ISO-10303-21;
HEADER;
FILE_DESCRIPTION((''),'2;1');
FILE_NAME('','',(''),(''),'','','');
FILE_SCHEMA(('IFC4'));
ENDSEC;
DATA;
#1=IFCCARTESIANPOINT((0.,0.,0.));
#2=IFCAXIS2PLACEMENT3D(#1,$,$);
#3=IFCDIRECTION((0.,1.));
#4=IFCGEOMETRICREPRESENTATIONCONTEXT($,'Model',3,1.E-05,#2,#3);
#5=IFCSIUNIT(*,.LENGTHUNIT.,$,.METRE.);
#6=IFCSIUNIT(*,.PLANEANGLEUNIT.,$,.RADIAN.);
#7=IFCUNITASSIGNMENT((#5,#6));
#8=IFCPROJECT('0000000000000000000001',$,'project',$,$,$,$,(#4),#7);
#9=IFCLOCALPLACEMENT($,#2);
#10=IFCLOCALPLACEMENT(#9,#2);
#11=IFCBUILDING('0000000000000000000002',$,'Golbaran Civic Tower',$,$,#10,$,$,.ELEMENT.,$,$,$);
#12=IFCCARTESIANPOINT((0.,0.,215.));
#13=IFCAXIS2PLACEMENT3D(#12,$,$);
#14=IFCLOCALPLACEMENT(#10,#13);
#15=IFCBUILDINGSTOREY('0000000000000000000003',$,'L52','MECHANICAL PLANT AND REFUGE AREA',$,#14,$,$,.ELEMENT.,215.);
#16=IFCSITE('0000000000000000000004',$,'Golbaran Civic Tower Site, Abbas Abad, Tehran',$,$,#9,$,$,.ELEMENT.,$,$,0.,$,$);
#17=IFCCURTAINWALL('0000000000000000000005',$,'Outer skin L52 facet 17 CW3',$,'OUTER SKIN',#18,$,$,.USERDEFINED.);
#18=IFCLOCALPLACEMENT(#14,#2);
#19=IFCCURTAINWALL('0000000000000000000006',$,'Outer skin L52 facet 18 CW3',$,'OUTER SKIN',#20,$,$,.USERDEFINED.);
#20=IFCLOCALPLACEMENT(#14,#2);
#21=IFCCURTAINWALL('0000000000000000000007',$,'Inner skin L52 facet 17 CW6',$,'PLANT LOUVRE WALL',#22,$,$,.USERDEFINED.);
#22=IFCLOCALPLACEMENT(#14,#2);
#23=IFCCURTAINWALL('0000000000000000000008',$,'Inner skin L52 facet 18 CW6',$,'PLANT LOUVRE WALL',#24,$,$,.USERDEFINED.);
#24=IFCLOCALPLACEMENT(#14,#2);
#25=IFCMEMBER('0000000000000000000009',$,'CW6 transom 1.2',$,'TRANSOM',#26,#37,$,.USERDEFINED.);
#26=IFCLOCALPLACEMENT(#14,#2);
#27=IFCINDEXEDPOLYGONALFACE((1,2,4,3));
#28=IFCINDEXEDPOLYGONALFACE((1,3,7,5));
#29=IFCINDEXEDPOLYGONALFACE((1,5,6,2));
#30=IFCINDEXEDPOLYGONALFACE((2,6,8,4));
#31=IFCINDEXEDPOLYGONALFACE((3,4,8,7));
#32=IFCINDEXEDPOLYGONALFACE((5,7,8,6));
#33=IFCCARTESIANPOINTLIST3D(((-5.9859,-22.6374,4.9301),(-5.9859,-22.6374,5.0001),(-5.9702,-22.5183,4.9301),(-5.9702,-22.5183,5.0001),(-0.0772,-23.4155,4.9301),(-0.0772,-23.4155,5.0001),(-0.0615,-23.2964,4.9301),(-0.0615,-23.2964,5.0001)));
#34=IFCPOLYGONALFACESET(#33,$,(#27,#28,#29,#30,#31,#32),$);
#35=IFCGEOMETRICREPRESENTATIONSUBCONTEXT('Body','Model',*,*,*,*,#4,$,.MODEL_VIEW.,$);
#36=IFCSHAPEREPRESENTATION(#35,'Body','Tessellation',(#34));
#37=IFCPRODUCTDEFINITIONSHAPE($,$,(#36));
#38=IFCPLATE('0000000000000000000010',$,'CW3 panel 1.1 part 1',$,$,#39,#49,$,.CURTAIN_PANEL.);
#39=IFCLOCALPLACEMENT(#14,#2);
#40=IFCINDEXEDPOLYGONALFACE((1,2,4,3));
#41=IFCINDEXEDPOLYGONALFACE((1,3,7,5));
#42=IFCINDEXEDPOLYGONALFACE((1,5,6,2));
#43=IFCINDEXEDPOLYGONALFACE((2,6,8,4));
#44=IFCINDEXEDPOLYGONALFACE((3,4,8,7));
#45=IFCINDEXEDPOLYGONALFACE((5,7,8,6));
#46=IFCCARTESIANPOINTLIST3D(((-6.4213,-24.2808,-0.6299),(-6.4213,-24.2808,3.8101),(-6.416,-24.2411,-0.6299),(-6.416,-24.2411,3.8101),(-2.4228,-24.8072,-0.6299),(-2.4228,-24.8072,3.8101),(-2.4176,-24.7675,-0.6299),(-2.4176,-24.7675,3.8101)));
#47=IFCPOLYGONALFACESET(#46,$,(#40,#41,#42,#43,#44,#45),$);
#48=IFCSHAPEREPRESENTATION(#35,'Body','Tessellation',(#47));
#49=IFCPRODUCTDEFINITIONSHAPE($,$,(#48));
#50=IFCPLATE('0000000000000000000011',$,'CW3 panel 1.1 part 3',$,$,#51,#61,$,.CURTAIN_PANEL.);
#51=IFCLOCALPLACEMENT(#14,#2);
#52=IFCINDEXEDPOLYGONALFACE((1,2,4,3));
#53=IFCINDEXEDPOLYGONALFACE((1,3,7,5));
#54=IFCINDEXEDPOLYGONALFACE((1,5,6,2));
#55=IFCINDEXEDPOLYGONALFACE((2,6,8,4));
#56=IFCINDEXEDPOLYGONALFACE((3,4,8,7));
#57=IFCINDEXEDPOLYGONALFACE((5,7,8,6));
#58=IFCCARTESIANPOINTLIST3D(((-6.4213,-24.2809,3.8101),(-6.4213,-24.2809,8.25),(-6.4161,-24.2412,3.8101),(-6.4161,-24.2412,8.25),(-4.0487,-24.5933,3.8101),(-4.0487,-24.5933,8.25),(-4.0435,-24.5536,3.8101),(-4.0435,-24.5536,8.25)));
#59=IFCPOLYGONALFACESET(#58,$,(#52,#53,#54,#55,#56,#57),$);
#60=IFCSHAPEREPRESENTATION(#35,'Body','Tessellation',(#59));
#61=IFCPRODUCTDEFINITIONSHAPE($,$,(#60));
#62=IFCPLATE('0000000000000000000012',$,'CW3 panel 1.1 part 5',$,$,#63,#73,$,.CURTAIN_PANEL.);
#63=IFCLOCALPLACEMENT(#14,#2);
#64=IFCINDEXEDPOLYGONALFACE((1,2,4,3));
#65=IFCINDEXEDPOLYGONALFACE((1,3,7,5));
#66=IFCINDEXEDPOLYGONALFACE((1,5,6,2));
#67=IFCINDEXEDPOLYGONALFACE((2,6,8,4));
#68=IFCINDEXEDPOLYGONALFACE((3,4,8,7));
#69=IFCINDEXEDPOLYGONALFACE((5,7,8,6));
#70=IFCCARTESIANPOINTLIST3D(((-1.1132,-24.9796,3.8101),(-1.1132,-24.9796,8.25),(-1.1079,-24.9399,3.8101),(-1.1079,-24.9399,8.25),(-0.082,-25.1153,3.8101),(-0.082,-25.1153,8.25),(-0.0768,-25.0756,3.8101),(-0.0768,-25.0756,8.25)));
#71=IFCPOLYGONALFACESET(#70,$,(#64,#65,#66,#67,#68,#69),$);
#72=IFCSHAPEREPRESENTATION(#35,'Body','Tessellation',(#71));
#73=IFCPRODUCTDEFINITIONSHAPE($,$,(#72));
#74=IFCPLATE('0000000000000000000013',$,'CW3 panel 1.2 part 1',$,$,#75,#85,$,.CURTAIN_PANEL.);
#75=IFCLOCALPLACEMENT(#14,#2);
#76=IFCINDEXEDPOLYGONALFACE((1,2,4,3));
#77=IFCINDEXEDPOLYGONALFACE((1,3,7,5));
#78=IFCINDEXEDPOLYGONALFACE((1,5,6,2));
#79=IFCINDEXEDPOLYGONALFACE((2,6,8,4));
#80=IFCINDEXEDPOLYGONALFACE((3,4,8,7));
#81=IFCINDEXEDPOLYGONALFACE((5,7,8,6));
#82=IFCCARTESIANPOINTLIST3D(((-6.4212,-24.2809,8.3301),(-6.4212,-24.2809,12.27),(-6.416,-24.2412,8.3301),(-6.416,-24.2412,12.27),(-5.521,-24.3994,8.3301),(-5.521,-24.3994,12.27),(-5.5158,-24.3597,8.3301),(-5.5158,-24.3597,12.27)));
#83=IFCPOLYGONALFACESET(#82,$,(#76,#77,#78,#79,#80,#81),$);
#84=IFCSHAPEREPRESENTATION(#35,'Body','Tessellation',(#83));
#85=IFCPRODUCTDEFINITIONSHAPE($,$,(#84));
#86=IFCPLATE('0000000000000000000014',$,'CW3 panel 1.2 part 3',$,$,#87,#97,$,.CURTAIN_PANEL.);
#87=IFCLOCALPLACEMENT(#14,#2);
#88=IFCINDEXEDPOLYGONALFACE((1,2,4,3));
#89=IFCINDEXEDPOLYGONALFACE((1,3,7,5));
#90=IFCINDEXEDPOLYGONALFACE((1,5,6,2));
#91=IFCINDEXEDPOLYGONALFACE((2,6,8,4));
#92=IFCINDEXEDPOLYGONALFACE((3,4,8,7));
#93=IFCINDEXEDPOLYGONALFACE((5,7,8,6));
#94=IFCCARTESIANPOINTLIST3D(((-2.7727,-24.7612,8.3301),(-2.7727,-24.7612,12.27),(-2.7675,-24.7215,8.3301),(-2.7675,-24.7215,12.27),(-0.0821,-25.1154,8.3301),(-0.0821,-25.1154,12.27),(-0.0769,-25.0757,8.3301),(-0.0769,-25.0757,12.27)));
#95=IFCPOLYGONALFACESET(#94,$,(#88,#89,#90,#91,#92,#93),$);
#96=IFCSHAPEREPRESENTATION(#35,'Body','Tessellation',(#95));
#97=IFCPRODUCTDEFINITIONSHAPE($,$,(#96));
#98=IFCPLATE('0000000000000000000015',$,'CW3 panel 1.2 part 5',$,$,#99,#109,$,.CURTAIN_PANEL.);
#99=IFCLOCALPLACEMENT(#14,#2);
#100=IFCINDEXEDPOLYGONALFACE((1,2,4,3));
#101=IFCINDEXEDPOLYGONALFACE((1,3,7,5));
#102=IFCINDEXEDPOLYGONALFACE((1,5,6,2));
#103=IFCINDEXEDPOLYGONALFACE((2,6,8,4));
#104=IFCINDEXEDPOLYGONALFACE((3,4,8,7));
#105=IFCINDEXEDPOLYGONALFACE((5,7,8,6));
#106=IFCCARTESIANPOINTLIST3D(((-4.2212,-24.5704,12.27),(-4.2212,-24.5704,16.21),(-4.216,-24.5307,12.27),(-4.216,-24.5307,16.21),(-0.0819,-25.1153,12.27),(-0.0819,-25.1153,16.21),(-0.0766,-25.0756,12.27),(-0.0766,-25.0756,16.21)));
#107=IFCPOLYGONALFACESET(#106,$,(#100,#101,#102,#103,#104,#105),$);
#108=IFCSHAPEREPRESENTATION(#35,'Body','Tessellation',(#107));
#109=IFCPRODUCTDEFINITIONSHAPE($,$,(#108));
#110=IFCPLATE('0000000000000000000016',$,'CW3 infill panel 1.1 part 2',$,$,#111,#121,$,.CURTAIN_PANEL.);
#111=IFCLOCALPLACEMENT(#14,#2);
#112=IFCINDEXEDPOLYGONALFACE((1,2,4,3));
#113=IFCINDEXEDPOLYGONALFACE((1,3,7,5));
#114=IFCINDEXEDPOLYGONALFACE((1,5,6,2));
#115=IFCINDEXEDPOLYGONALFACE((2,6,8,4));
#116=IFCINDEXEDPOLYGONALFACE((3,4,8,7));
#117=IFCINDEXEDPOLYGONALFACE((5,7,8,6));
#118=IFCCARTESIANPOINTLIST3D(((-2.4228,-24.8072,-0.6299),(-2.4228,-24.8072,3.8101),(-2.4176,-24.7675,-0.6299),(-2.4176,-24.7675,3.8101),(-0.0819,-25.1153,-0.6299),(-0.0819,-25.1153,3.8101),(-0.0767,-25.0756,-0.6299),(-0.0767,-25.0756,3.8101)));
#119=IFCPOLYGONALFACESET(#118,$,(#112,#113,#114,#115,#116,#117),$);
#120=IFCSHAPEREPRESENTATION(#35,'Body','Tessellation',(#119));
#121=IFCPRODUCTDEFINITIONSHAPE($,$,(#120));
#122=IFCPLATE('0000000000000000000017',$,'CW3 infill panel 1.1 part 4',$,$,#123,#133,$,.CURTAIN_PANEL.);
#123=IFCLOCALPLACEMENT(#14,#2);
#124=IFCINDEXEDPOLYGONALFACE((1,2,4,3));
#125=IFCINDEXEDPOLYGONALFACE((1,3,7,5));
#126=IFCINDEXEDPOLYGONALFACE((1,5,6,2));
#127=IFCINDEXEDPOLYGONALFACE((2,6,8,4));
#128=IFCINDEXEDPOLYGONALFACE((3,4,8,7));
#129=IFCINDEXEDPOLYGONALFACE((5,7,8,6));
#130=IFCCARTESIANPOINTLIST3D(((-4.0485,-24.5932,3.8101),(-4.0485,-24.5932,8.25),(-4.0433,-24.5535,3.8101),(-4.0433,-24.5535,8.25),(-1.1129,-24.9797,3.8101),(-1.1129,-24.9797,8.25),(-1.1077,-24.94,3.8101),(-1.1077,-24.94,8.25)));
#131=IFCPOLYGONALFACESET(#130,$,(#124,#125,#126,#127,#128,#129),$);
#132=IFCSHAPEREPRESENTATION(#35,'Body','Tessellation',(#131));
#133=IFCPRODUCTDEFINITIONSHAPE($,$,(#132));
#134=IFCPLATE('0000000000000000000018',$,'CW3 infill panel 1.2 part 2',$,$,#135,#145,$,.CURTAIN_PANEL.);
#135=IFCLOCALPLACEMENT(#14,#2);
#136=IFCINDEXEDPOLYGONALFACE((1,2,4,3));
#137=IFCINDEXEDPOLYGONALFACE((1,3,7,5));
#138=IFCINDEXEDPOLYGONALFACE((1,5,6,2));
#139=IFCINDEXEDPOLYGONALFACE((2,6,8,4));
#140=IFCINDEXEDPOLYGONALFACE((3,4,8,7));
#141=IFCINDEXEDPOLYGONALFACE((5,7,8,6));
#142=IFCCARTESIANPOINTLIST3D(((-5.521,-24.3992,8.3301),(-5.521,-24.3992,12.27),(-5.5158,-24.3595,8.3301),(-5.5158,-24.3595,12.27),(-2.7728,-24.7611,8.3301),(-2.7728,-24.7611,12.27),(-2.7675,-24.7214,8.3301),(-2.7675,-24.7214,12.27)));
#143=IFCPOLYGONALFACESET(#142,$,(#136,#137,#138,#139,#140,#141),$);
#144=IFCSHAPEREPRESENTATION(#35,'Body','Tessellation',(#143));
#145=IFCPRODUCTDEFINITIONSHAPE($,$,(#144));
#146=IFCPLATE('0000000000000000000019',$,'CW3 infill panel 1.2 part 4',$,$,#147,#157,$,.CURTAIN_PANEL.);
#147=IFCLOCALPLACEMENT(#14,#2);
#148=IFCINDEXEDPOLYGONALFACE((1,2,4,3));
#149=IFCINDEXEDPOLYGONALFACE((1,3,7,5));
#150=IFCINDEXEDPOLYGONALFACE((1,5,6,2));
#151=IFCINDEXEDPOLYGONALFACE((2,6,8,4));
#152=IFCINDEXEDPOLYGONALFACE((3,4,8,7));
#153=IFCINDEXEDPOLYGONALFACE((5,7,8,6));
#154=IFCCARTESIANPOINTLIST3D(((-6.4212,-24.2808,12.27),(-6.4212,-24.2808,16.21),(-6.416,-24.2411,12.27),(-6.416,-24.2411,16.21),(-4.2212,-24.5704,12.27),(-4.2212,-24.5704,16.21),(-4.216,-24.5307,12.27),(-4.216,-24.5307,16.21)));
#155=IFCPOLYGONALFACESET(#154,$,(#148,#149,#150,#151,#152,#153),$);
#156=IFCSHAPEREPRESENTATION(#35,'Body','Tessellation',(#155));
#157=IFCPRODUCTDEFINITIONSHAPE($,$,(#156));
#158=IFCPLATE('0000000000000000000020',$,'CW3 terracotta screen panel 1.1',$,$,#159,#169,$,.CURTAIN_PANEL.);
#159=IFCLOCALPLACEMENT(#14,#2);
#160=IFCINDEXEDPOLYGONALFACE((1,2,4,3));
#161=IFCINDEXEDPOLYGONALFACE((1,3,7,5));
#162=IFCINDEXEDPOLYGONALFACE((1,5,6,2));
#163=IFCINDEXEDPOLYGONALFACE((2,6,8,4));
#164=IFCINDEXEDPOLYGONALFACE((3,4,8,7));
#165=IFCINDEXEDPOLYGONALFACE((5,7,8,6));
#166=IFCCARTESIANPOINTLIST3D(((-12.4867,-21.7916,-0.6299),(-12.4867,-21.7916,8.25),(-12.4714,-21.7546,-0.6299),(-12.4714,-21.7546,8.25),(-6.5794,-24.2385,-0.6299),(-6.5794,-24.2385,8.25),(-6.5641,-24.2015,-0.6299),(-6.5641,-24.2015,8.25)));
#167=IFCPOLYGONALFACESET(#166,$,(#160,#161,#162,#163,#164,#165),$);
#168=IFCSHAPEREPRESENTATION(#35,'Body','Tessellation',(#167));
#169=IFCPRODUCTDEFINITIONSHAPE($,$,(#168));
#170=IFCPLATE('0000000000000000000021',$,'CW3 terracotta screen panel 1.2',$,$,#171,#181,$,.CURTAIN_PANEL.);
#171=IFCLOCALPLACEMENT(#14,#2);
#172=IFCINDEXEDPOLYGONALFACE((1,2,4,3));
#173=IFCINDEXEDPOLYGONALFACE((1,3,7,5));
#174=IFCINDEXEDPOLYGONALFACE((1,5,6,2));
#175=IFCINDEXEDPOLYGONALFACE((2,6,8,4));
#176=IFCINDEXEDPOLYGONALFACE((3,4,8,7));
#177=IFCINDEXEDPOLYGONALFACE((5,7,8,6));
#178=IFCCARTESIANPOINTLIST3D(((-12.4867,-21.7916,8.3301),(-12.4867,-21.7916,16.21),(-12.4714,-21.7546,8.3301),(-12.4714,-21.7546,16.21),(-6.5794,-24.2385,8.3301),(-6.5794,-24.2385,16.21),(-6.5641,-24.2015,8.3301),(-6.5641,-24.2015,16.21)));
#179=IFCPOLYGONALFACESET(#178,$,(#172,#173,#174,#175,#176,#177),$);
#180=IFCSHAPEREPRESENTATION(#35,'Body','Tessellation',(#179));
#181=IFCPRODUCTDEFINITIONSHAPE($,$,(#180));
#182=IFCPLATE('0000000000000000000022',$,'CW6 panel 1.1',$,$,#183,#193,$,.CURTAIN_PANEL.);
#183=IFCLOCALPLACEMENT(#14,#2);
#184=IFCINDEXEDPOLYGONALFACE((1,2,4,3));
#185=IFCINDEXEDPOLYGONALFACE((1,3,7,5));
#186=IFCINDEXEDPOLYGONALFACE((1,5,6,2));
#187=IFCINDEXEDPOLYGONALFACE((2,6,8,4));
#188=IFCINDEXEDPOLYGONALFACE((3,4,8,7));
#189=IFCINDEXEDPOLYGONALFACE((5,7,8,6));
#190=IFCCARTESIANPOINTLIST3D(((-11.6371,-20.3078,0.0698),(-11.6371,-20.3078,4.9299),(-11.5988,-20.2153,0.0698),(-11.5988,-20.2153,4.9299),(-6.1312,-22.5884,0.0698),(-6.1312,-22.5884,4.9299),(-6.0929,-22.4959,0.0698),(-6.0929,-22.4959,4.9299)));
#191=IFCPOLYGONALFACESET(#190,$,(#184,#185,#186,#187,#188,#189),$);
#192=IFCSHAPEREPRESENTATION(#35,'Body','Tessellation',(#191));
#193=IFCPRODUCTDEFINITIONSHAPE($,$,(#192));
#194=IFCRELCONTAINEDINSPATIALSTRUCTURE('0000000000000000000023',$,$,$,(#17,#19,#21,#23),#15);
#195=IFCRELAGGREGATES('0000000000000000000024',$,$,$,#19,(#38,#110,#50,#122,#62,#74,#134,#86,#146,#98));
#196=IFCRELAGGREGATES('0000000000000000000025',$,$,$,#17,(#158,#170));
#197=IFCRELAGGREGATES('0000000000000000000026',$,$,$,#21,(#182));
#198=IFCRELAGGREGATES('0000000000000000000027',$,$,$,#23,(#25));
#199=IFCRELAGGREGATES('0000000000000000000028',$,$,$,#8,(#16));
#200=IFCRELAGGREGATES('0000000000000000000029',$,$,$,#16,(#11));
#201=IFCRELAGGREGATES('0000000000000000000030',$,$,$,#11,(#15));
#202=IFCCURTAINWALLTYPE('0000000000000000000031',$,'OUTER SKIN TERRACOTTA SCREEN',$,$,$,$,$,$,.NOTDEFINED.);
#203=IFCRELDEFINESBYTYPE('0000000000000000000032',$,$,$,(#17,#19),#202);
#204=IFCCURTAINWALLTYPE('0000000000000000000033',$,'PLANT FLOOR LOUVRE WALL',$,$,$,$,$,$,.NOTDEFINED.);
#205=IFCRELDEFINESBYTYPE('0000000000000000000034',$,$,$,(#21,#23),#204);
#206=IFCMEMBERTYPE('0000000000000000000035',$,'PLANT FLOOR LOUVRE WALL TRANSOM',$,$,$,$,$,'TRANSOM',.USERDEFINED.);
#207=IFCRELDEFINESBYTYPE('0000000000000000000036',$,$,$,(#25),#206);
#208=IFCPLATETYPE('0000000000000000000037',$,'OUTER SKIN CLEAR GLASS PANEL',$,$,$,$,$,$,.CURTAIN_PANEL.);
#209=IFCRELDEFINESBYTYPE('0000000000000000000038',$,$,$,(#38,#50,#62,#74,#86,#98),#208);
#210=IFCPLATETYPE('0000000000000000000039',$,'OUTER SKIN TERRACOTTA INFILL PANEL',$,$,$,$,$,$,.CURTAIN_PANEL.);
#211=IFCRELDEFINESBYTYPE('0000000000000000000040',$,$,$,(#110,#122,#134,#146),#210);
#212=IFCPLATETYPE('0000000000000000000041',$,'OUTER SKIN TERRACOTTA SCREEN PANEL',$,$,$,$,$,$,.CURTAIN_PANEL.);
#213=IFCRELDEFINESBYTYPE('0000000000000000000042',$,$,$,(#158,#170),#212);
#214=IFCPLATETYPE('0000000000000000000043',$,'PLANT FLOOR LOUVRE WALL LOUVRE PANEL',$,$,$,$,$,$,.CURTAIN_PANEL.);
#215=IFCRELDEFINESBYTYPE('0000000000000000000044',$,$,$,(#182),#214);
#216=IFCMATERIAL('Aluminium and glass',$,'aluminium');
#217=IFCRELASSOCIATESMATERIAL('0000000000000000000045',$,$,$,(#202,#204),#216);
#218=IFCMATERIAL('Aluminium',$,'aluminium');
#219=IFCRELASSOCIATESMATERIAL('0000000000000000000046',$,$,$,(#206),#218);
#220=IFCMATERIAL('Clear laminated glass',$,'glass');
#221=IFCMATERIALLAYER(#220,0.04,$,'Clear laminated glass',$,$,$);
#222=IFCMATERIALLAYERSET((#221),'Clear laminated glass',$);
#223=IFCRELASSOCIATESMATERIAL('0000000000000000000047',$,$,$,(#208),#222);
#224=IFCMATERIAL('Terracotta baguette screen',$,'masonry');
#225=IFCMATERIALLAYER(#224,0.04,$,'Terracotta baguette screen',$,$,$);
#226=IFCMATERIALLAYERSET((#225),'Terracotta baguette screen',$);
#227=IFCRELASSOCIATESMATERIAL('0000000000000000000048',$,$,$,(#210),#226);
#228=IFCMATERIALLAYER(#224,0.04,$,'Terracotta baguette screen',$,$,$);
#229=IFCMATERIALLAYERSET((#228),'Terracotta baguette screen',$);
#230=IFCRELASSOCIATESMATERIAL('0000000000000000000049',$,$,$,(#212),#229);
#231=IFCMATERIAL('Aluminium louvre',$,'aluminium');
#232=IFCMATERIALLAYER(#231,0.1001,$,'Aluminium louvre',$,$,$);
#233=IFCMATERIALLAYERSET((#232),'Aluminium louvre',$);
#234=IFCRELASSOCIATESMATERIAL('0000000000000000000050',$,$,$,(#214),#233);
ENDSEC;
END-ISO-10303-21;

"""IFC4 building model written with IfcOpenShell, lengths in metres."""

from ifc_helpers import new_model, si_unit, direction, frame, origin, origin_2d, place, context, subcontext, project, spatial, rectangle, extrude, material, layer, layer_set, material_profile, profile_set, type_object, element, aggregate, save


model = new_model("IFC4")

# Units and contexts
model_context = context("Model", 3, precision=1e-05, world=origin(), true_north=direction((0.0, 1.0)))
body_context = subcontext(model_context, "Body", "Model", "MODEL_VIEW")
ifc_project = project(units=[si_unit("LENGTHUNIT", "METRE"), si_unit("PLANEANGLEUNIT", "RADIAN")], contexts=[model_context])

# Site, building, storey
site_placement = place(None, origin())
site = spatial("IfcSite", under=ifc_project, at=site_placement, Name="Golbaran Civic Tower Site, Abbas Abad, Tehran", CompositionType="ELEMENT", RefElevation=0.0)
building_placement = place(site_placement, origin())
building = spatial("IfcBuilding", under=site, at=building_placement, Name="Golbaran Civic Tower", CompositionType="ELEMENT")
storey_placement = place(building_placement, frame((0.0, 0.0, 215.0)))
storey = spatial("IfcBuildingStorey", under=building, at=storey_placement, Name="L52", Description="MECHANICAL PLANT AND REFUGE AREA", CompositionType="ELEMENT", Elevation=215.0)

# Shared definitions
ifc_material_1 = material(Name="Aluminium and glass", Category="aluminium")
curtain_wall_type_1 = type_object("IfcCurtainWallType", Name="OUTER SKIN TERRACOTTA SCREEN", PredefinedType="NOTDEFINED", material=ifc_material_1)
ifc_material_2 = material(Name="Aluminium", Category="aluminium")

# Curtain walls
curtain_wall_1_placement = place(storey_placement, origin())
curtain_wall_1 = element("IfcCurtainWall", 1, at=curtain_wall_1_placement, inside=storey, type_object=curtain_wall_type_1, Name="Outer skin L52 facet 17 CW3", ObjectType="OUTER SKIN", PredefinedType="USERDEFINED")
curtain_wall_2_placement = place(storey_placement, origin())
curtain_wall_2 = element("IfcCurtainWall", 2, at=curtain_wall_2_placement, inside=storey, type_object=curtain_wall_type_1, Name="Outer skin L52 facet 18 CW3", ObjectType="OUTER SKIN", PredefinedType="USERDEFINED")

# Curtain wall
curtain_wall_type_2 = type_object("IfcCurtainWallType", Name="PLANT FLOOR LOUVRE WALL", PredefinedType="NOTDEFINED", material=ifc_material_1)
curtain_wall_3_placement = place(storey_placement, origin())
curtain_wall_3 = element("IfcCurtainWall", 3, at=curtain_wall_3_placement, inside=storey, type_object=curtain_wall_type_2, Name="Inner skin L52 facet 17 CW6", ObjectType="PLANT LOUVRE WALL", PredefinedType="USERDEFINED")

# Curtain wall, member
curtain_wall_4_placement = place(storey_placement, origin())
curtain_wall_4 = element("IfcCurtainWall", 4, at=curtain_wall_4_placement, inside=storey, type_object=curtain_wall_type_2, Name="Inner skin L52 facet 18 CW6", ObjectType="PLANT LOUVRE WALL", PredefinedType="USERDEFINED")
ifc_material_profile_1 = material_profile(ifc_material_2, rectangle(XDim=0.1201, YDim=0.0701, at=origin_2d()), Name="PLANT FLOOR LOUVRE WALL TRANSOM")
ifc_profile_set_1 = profile_set([ifc_material_profile_1], Name="Aluminium")
member_type_1 = type_object("IfcMemberType", Name="PLANT FLOOR LOUVRE WALL TRANSOM", ElementType="TRANSOM", PredefinedType="USERDEFINED", material=ifc_profile_set_1)
member_1_placement = place(storey_placement, frame((-5.978, -22.5779, 4.9651), z_axis=(0.991441, -0.130556, 0.0), x_axis=(0.130556, 0.991441, 0.0)))
member_1 = element("IfcMember", 5, at=member_1_placement, type_object=member_type_1, Name="CW6 transom 1.2", ObjectType="TRANSOM", PredefinedType="USERDEFINED", context=body_context, shape_type="SweptSolid", body=[
    extrude(rectangle(XDim=0.1201, YDim=0.0701, at=origin_2d()), origin(), (0.0, 0.0, 1.0), 5.9597),
])

# Plates
ifc_material_3 = material(Name="Clear laminated glass", Category="glass")
ifc_layer_1 = layer(ifc_material_3, 0.04, Name="Clear laminated glass")
ifc_layer_set_1 = layer_set([ifc_layer_1], Name="Clear laminated glass")
plate_type_1 = type_object("IfcPlateType", Name="OUTER SKIN CLEAR GLASS PANEL", PredefinedType="CURTAIN_PANEL", material=ifc_layer_set_1)
plate_1_placement = place(storey_placement, frame((-4.4194, -24.5242, -0.6299), z_axis=(0.0, 0.0, 1.0), x_axis=(0.991445, -0.130526, 0.0)))
plate_1 = element("IfcPlate", 6, at=plate_1_placement, type_object=plate_type_1, Name="CW3 panel 1.1 part 1", PredefinedType="CURTAIN_PANEL", context=body_context, shape_type="SweptSolid", body=[
    extrude(rectangle(XDim=4.033, YDim=0.04, at=origin_2d()), origin(), (0.0, 0.0, 1.0), 4.4399),
])
plate_2_placement = place(storey_placement, frame((-5.2324, -24.4172, 3.8101), z_axis=(0.0, 0.0, 1.0), x_axis=(0.991445, -0.130526, 0.0)))
plate_2 = element("IfcPlate", 7, at=plate_2_placement, type_object=plate_type_1, Name="CW3 panel 1.1 part 3", PredefinedType="CURTAIN_PANEL", context=body_context, shape_type="SweptSolid", body=[
    extrude(rectangle(XDim=2.3931, YDim=0.04, at=origin_2d()), origin(), (0.0, 0.0, 1.0), 4.4399),
])
plate_3_placement = place(storey_placement, frame((-0.595, -25.0276, 3.8101), z_axis=(0.0, 0.0, 1.0), x_axis=(0.991445, -0.130526, 0.0)))
plate_3 = element("IfcPlate", 8, at=plate_3_placement, type_object=plate_type_1, Name="CW3 panel 1.1 part 5", PredefinedType="CURTAIN_PANEL", context=body_context, shape_type="SweptSolid", body=[
    extrude(rectangle(XDim=1.04, YDim=0.04, at=origin_2d()), origin(), (0.0, 0.0, 1.0), 4.4399),
])
plate_4_placement = place(storey_placement, frame((-5.9685, -24.3203, 8.3301), z_axis=(0.0, 0.0, 1.0), x_axis=(0.991445, -0.130526, 0.0)))
plate_4 = element("IfcPlate", 9, at=plate_4_placement, type_object=plate_type_1, Name="CW3 panel 1.2 part 1", PredefinedType="CURTAIN_PANEL", context=body_context, shape_type="SweptSolid", body=[
    extrude(rectangle(XDim=0.908, YDim=0.04, at=origin_2d()), origin(), (0.0, 0.0, 1.0), 3.9399),
])
plate_5_placement = place(storey_placement, frame((-1.4248, -24.9185, 8.3301), z_axis=(0.0, 0.0, 1.0), x_axis=(0.991445, -0.130526, 0.0)))
plate_5 = element("IfcPlate", 10, at=plate_5_placement, type_object=plate_type_1, Name="CW3 panel 1.2 part 3", PredefinedType="CURTAIN_PANEL", context=body_context, shape_type="SweptSolid", body=[
    extrude(rectangle(XDim=2.7139, YDim=0.04, at=origin_2d()), origin(), (0.0, 0.0, 1.0), 3.9399),
])
plate_6_placement = place(storey_placement, frame((-2.1489, -24.823, 12.27), z_axis=(0.0, 0.0, 1.0), x_axis=(0.991445, -0.130526, 0.0)))
plate_6 = element("IfcPlate", 11, at=plate_6_placement, type_object=plate_type_1, Name="CW3 panel 1.2 part 5", PredefinedType="CURTAIN_PANEL", context=body_context, shape_type="SweptSolid", body=[
    extrude(rectangle(XDim=4.175, YDim=0.04, at=origin_2d()), origin(), (0.0, 0.0, 1.0), 3.9399),
])
ifc_material_4 = material(Name="Terracotta baguette screen", Category="masonry")
ifc_layer_2 = layer(ifc_material_4, 0.04, Name="Terracotta baguette screen")
ifc_layer_set_2 = layer_set([ifc_layer_2], Name="Terracotta baguette screen")
plate_type_2 = type_object("IfcPlateType", Name="OUTER SKIN TERRACOTTA INFILL PANEL", PredefinedType="CURTAIN_PANEL", material=ifc_layer_set_2)
plate_7_placement = place(storey_placement, frame((-1.2498, -24.9414, -0.6299), z_axis=(0.0, 0.0, 1.0), x_axis=(0.991445, -0.130526, 0.0)))
plate_7 = element("IfcPlate", 12, at=plate_7_placement, type_object=plate_type_2, Name="CW3 infill panel 1.1 part 2", PredefinedType="CURTAIN_PANEL", context=body_context, shape_type="SweptSolid", body=[
    extrude(rectangle(XDim=2.3611, YDim=0.04, at=origin_2d()), origin(), (0.0, 0.0, 1.0), 4.4399),
])
plate_8_placement = place(storey_placement, frame((-2.5781, -24.7666, 3.8101), z_axis=(0.0, 0.0, 1.0), x_axis=(0.991445, -0.130526, 0.0)))
plate_8 = element("IfcPlate", 13, at=plate_8_placement, type_object=plate_type_2, Name="CW3 infill panel 1.1 part 4", PredefinedType="CURTAIN_PANEL", context=body_context, shape_type="SweptSolid", body=[
    extrude(rectangle(XDim=2.9609, YDim=0.04, at=origin_2d()), origin(), (0.0, 0.0, 1.0), 4.4399),
])
plate_9_placement = place(storey_placement, frame((-4.1443, -24.5603, 8.3301), z_axis=(0.0, 0.0, 1.0), x_axis=(0.991445, -0.130526, 0.0)))
plate_9 = element("IfcPlate", 14, at=plate_9_placement, type_object=plate_type_2, Name="CW3 infill panel 1.2 part 2", PredefinedType="CURTAIN_PANEL", context=body_context, shape_type="SweptSolid", body=[
    extrude(rectangle(XDim=2.772, YDim=0.04, at=origin_2d()), origin(), (0.0, 0.0, 1.0), 3.9399),
])
plate_10_placement = place(storey_placement, frame((-5.3186, -24.4058, 12.27), z_axis=(0.0, 0.0, 1.0), x_axis=(0.991445, -0.130526, 0.0)))
plate_10 = element("IfcPlate", 15, at=plate_10_placement, type_object=plate_type_2, Name="CW3 infill panel 1.2 part 4", PredefinedType="CURTAIN_PANEL", context=body_context, shape_type="SweptSolid", body=[
    extrude(rectangle(XDim=2.219, YDim=0.04, at=origin_2d()), origin(), (0.0, 0.0, 1.0), 3.9399),
])
aggregate(curtain_wall_2, [plate_1, plate_7, plate_2, plate_8, plate_3, plate_4, plate_9, plate_5, plate_10, plate_6])
ifc_layer_3 = layer(ifc_material_4, 0.04, Name="Terracotta baguette screen")
ifc_layer_set_3 = layer_set([ifc_layer_3], Name="Terracotta baguette screen")
plate_type_3 = type_object("IfcPlateType", Name="OUTER SKIN TERRACOTTA SCREEN PANEL", PredefinedType="CURTAIN_PANEL", material=ifc_layer_set_3)
plate_11_placement = place(storey_placement, frame((-9.5254, -22.9966, -0.6299), z_axis=(0.0, 0.0, 1.0), x_axis=(0.92388, -0.382683, 0.0)))
plate_11 = element("IfcPlate", 16, at=plate_11_placement, type_object=plate_type_3, Name="CW3 terracotta screen panel 1.1", PredefinedType="CURTAIN_PANEL", context=body_context, shape_type="SweptSolid", body=[
    extrude(rectangle(XDim=6.394, YDim=0.04, at=origin_2d()), origin(), (0.0, 0.0, 1.0), 8.8799),
])
plate_12_placement = place(storey_placement, frame((-9.5254, -22.9966, 8.3301), z_axis=(0.0, 0.0, 1.0), x_axis=(0.92388, -0.382683, 0.0)))
plate_12 = element("IfcPlate", 17, at=plate_12_placement, type_object=plate_type_3, Name="CW3 terracotta screen panel 1.2", PredefinedType="CURTAIN_PANEL", context=body_context, shape_type="SweptSolid", body=[
    extrude(rectangle(XDim=6.394, YDim=0.04, at=origin_2d()), origin(), (0.0, 0.0, 1.0), 7.8799),
])
aggregate(curtain_wall_1, [plate_11, plate_12])
ifc_material_5 = material(Name="Aluminium louvre", Category="aluminium")
ifc_layer_4 = layer(ifc_material_5, 0.1001, Name="Aluminium louvre")
ifc_layer_set_4 = layer_set([ifc_layer_4], Name="Aluminium louvre")
plate_type_4 = type_object("IfcPlateType", Name="PLANT FLOOR LOUVRE WALL LOUVRE PANEL", PredefinedType="CURTAIN_PANEL", material=ifc_layer_set_4)
plate_13_placement = place(storey_placement, frame((-8.865, -21.4019, 0.0698), z_axis=(0.0, 0.0, 1.0), x_axis=(0.92388, -0.382683, 0.0)))
plate_13 = element("IfcPlate", 18, at=plate_13_placement, type_object=plate_type_4, Name="CW6 panel 1.1", PredefinedType="CURTAIN_PANEL", context=body_context, shape_type="SweptSolid", body=[
    extrude(rectangle(XDim=5.9595, YDim=0.1001, at=origin_2d()), origin(), (0.0, 0.0, 1.0), 4.8601),
])
aggregate(curtain_wall_3, [plate_13])
aggregate(curtain_wall_4, [member_1])

save(model, "model.ifc")
